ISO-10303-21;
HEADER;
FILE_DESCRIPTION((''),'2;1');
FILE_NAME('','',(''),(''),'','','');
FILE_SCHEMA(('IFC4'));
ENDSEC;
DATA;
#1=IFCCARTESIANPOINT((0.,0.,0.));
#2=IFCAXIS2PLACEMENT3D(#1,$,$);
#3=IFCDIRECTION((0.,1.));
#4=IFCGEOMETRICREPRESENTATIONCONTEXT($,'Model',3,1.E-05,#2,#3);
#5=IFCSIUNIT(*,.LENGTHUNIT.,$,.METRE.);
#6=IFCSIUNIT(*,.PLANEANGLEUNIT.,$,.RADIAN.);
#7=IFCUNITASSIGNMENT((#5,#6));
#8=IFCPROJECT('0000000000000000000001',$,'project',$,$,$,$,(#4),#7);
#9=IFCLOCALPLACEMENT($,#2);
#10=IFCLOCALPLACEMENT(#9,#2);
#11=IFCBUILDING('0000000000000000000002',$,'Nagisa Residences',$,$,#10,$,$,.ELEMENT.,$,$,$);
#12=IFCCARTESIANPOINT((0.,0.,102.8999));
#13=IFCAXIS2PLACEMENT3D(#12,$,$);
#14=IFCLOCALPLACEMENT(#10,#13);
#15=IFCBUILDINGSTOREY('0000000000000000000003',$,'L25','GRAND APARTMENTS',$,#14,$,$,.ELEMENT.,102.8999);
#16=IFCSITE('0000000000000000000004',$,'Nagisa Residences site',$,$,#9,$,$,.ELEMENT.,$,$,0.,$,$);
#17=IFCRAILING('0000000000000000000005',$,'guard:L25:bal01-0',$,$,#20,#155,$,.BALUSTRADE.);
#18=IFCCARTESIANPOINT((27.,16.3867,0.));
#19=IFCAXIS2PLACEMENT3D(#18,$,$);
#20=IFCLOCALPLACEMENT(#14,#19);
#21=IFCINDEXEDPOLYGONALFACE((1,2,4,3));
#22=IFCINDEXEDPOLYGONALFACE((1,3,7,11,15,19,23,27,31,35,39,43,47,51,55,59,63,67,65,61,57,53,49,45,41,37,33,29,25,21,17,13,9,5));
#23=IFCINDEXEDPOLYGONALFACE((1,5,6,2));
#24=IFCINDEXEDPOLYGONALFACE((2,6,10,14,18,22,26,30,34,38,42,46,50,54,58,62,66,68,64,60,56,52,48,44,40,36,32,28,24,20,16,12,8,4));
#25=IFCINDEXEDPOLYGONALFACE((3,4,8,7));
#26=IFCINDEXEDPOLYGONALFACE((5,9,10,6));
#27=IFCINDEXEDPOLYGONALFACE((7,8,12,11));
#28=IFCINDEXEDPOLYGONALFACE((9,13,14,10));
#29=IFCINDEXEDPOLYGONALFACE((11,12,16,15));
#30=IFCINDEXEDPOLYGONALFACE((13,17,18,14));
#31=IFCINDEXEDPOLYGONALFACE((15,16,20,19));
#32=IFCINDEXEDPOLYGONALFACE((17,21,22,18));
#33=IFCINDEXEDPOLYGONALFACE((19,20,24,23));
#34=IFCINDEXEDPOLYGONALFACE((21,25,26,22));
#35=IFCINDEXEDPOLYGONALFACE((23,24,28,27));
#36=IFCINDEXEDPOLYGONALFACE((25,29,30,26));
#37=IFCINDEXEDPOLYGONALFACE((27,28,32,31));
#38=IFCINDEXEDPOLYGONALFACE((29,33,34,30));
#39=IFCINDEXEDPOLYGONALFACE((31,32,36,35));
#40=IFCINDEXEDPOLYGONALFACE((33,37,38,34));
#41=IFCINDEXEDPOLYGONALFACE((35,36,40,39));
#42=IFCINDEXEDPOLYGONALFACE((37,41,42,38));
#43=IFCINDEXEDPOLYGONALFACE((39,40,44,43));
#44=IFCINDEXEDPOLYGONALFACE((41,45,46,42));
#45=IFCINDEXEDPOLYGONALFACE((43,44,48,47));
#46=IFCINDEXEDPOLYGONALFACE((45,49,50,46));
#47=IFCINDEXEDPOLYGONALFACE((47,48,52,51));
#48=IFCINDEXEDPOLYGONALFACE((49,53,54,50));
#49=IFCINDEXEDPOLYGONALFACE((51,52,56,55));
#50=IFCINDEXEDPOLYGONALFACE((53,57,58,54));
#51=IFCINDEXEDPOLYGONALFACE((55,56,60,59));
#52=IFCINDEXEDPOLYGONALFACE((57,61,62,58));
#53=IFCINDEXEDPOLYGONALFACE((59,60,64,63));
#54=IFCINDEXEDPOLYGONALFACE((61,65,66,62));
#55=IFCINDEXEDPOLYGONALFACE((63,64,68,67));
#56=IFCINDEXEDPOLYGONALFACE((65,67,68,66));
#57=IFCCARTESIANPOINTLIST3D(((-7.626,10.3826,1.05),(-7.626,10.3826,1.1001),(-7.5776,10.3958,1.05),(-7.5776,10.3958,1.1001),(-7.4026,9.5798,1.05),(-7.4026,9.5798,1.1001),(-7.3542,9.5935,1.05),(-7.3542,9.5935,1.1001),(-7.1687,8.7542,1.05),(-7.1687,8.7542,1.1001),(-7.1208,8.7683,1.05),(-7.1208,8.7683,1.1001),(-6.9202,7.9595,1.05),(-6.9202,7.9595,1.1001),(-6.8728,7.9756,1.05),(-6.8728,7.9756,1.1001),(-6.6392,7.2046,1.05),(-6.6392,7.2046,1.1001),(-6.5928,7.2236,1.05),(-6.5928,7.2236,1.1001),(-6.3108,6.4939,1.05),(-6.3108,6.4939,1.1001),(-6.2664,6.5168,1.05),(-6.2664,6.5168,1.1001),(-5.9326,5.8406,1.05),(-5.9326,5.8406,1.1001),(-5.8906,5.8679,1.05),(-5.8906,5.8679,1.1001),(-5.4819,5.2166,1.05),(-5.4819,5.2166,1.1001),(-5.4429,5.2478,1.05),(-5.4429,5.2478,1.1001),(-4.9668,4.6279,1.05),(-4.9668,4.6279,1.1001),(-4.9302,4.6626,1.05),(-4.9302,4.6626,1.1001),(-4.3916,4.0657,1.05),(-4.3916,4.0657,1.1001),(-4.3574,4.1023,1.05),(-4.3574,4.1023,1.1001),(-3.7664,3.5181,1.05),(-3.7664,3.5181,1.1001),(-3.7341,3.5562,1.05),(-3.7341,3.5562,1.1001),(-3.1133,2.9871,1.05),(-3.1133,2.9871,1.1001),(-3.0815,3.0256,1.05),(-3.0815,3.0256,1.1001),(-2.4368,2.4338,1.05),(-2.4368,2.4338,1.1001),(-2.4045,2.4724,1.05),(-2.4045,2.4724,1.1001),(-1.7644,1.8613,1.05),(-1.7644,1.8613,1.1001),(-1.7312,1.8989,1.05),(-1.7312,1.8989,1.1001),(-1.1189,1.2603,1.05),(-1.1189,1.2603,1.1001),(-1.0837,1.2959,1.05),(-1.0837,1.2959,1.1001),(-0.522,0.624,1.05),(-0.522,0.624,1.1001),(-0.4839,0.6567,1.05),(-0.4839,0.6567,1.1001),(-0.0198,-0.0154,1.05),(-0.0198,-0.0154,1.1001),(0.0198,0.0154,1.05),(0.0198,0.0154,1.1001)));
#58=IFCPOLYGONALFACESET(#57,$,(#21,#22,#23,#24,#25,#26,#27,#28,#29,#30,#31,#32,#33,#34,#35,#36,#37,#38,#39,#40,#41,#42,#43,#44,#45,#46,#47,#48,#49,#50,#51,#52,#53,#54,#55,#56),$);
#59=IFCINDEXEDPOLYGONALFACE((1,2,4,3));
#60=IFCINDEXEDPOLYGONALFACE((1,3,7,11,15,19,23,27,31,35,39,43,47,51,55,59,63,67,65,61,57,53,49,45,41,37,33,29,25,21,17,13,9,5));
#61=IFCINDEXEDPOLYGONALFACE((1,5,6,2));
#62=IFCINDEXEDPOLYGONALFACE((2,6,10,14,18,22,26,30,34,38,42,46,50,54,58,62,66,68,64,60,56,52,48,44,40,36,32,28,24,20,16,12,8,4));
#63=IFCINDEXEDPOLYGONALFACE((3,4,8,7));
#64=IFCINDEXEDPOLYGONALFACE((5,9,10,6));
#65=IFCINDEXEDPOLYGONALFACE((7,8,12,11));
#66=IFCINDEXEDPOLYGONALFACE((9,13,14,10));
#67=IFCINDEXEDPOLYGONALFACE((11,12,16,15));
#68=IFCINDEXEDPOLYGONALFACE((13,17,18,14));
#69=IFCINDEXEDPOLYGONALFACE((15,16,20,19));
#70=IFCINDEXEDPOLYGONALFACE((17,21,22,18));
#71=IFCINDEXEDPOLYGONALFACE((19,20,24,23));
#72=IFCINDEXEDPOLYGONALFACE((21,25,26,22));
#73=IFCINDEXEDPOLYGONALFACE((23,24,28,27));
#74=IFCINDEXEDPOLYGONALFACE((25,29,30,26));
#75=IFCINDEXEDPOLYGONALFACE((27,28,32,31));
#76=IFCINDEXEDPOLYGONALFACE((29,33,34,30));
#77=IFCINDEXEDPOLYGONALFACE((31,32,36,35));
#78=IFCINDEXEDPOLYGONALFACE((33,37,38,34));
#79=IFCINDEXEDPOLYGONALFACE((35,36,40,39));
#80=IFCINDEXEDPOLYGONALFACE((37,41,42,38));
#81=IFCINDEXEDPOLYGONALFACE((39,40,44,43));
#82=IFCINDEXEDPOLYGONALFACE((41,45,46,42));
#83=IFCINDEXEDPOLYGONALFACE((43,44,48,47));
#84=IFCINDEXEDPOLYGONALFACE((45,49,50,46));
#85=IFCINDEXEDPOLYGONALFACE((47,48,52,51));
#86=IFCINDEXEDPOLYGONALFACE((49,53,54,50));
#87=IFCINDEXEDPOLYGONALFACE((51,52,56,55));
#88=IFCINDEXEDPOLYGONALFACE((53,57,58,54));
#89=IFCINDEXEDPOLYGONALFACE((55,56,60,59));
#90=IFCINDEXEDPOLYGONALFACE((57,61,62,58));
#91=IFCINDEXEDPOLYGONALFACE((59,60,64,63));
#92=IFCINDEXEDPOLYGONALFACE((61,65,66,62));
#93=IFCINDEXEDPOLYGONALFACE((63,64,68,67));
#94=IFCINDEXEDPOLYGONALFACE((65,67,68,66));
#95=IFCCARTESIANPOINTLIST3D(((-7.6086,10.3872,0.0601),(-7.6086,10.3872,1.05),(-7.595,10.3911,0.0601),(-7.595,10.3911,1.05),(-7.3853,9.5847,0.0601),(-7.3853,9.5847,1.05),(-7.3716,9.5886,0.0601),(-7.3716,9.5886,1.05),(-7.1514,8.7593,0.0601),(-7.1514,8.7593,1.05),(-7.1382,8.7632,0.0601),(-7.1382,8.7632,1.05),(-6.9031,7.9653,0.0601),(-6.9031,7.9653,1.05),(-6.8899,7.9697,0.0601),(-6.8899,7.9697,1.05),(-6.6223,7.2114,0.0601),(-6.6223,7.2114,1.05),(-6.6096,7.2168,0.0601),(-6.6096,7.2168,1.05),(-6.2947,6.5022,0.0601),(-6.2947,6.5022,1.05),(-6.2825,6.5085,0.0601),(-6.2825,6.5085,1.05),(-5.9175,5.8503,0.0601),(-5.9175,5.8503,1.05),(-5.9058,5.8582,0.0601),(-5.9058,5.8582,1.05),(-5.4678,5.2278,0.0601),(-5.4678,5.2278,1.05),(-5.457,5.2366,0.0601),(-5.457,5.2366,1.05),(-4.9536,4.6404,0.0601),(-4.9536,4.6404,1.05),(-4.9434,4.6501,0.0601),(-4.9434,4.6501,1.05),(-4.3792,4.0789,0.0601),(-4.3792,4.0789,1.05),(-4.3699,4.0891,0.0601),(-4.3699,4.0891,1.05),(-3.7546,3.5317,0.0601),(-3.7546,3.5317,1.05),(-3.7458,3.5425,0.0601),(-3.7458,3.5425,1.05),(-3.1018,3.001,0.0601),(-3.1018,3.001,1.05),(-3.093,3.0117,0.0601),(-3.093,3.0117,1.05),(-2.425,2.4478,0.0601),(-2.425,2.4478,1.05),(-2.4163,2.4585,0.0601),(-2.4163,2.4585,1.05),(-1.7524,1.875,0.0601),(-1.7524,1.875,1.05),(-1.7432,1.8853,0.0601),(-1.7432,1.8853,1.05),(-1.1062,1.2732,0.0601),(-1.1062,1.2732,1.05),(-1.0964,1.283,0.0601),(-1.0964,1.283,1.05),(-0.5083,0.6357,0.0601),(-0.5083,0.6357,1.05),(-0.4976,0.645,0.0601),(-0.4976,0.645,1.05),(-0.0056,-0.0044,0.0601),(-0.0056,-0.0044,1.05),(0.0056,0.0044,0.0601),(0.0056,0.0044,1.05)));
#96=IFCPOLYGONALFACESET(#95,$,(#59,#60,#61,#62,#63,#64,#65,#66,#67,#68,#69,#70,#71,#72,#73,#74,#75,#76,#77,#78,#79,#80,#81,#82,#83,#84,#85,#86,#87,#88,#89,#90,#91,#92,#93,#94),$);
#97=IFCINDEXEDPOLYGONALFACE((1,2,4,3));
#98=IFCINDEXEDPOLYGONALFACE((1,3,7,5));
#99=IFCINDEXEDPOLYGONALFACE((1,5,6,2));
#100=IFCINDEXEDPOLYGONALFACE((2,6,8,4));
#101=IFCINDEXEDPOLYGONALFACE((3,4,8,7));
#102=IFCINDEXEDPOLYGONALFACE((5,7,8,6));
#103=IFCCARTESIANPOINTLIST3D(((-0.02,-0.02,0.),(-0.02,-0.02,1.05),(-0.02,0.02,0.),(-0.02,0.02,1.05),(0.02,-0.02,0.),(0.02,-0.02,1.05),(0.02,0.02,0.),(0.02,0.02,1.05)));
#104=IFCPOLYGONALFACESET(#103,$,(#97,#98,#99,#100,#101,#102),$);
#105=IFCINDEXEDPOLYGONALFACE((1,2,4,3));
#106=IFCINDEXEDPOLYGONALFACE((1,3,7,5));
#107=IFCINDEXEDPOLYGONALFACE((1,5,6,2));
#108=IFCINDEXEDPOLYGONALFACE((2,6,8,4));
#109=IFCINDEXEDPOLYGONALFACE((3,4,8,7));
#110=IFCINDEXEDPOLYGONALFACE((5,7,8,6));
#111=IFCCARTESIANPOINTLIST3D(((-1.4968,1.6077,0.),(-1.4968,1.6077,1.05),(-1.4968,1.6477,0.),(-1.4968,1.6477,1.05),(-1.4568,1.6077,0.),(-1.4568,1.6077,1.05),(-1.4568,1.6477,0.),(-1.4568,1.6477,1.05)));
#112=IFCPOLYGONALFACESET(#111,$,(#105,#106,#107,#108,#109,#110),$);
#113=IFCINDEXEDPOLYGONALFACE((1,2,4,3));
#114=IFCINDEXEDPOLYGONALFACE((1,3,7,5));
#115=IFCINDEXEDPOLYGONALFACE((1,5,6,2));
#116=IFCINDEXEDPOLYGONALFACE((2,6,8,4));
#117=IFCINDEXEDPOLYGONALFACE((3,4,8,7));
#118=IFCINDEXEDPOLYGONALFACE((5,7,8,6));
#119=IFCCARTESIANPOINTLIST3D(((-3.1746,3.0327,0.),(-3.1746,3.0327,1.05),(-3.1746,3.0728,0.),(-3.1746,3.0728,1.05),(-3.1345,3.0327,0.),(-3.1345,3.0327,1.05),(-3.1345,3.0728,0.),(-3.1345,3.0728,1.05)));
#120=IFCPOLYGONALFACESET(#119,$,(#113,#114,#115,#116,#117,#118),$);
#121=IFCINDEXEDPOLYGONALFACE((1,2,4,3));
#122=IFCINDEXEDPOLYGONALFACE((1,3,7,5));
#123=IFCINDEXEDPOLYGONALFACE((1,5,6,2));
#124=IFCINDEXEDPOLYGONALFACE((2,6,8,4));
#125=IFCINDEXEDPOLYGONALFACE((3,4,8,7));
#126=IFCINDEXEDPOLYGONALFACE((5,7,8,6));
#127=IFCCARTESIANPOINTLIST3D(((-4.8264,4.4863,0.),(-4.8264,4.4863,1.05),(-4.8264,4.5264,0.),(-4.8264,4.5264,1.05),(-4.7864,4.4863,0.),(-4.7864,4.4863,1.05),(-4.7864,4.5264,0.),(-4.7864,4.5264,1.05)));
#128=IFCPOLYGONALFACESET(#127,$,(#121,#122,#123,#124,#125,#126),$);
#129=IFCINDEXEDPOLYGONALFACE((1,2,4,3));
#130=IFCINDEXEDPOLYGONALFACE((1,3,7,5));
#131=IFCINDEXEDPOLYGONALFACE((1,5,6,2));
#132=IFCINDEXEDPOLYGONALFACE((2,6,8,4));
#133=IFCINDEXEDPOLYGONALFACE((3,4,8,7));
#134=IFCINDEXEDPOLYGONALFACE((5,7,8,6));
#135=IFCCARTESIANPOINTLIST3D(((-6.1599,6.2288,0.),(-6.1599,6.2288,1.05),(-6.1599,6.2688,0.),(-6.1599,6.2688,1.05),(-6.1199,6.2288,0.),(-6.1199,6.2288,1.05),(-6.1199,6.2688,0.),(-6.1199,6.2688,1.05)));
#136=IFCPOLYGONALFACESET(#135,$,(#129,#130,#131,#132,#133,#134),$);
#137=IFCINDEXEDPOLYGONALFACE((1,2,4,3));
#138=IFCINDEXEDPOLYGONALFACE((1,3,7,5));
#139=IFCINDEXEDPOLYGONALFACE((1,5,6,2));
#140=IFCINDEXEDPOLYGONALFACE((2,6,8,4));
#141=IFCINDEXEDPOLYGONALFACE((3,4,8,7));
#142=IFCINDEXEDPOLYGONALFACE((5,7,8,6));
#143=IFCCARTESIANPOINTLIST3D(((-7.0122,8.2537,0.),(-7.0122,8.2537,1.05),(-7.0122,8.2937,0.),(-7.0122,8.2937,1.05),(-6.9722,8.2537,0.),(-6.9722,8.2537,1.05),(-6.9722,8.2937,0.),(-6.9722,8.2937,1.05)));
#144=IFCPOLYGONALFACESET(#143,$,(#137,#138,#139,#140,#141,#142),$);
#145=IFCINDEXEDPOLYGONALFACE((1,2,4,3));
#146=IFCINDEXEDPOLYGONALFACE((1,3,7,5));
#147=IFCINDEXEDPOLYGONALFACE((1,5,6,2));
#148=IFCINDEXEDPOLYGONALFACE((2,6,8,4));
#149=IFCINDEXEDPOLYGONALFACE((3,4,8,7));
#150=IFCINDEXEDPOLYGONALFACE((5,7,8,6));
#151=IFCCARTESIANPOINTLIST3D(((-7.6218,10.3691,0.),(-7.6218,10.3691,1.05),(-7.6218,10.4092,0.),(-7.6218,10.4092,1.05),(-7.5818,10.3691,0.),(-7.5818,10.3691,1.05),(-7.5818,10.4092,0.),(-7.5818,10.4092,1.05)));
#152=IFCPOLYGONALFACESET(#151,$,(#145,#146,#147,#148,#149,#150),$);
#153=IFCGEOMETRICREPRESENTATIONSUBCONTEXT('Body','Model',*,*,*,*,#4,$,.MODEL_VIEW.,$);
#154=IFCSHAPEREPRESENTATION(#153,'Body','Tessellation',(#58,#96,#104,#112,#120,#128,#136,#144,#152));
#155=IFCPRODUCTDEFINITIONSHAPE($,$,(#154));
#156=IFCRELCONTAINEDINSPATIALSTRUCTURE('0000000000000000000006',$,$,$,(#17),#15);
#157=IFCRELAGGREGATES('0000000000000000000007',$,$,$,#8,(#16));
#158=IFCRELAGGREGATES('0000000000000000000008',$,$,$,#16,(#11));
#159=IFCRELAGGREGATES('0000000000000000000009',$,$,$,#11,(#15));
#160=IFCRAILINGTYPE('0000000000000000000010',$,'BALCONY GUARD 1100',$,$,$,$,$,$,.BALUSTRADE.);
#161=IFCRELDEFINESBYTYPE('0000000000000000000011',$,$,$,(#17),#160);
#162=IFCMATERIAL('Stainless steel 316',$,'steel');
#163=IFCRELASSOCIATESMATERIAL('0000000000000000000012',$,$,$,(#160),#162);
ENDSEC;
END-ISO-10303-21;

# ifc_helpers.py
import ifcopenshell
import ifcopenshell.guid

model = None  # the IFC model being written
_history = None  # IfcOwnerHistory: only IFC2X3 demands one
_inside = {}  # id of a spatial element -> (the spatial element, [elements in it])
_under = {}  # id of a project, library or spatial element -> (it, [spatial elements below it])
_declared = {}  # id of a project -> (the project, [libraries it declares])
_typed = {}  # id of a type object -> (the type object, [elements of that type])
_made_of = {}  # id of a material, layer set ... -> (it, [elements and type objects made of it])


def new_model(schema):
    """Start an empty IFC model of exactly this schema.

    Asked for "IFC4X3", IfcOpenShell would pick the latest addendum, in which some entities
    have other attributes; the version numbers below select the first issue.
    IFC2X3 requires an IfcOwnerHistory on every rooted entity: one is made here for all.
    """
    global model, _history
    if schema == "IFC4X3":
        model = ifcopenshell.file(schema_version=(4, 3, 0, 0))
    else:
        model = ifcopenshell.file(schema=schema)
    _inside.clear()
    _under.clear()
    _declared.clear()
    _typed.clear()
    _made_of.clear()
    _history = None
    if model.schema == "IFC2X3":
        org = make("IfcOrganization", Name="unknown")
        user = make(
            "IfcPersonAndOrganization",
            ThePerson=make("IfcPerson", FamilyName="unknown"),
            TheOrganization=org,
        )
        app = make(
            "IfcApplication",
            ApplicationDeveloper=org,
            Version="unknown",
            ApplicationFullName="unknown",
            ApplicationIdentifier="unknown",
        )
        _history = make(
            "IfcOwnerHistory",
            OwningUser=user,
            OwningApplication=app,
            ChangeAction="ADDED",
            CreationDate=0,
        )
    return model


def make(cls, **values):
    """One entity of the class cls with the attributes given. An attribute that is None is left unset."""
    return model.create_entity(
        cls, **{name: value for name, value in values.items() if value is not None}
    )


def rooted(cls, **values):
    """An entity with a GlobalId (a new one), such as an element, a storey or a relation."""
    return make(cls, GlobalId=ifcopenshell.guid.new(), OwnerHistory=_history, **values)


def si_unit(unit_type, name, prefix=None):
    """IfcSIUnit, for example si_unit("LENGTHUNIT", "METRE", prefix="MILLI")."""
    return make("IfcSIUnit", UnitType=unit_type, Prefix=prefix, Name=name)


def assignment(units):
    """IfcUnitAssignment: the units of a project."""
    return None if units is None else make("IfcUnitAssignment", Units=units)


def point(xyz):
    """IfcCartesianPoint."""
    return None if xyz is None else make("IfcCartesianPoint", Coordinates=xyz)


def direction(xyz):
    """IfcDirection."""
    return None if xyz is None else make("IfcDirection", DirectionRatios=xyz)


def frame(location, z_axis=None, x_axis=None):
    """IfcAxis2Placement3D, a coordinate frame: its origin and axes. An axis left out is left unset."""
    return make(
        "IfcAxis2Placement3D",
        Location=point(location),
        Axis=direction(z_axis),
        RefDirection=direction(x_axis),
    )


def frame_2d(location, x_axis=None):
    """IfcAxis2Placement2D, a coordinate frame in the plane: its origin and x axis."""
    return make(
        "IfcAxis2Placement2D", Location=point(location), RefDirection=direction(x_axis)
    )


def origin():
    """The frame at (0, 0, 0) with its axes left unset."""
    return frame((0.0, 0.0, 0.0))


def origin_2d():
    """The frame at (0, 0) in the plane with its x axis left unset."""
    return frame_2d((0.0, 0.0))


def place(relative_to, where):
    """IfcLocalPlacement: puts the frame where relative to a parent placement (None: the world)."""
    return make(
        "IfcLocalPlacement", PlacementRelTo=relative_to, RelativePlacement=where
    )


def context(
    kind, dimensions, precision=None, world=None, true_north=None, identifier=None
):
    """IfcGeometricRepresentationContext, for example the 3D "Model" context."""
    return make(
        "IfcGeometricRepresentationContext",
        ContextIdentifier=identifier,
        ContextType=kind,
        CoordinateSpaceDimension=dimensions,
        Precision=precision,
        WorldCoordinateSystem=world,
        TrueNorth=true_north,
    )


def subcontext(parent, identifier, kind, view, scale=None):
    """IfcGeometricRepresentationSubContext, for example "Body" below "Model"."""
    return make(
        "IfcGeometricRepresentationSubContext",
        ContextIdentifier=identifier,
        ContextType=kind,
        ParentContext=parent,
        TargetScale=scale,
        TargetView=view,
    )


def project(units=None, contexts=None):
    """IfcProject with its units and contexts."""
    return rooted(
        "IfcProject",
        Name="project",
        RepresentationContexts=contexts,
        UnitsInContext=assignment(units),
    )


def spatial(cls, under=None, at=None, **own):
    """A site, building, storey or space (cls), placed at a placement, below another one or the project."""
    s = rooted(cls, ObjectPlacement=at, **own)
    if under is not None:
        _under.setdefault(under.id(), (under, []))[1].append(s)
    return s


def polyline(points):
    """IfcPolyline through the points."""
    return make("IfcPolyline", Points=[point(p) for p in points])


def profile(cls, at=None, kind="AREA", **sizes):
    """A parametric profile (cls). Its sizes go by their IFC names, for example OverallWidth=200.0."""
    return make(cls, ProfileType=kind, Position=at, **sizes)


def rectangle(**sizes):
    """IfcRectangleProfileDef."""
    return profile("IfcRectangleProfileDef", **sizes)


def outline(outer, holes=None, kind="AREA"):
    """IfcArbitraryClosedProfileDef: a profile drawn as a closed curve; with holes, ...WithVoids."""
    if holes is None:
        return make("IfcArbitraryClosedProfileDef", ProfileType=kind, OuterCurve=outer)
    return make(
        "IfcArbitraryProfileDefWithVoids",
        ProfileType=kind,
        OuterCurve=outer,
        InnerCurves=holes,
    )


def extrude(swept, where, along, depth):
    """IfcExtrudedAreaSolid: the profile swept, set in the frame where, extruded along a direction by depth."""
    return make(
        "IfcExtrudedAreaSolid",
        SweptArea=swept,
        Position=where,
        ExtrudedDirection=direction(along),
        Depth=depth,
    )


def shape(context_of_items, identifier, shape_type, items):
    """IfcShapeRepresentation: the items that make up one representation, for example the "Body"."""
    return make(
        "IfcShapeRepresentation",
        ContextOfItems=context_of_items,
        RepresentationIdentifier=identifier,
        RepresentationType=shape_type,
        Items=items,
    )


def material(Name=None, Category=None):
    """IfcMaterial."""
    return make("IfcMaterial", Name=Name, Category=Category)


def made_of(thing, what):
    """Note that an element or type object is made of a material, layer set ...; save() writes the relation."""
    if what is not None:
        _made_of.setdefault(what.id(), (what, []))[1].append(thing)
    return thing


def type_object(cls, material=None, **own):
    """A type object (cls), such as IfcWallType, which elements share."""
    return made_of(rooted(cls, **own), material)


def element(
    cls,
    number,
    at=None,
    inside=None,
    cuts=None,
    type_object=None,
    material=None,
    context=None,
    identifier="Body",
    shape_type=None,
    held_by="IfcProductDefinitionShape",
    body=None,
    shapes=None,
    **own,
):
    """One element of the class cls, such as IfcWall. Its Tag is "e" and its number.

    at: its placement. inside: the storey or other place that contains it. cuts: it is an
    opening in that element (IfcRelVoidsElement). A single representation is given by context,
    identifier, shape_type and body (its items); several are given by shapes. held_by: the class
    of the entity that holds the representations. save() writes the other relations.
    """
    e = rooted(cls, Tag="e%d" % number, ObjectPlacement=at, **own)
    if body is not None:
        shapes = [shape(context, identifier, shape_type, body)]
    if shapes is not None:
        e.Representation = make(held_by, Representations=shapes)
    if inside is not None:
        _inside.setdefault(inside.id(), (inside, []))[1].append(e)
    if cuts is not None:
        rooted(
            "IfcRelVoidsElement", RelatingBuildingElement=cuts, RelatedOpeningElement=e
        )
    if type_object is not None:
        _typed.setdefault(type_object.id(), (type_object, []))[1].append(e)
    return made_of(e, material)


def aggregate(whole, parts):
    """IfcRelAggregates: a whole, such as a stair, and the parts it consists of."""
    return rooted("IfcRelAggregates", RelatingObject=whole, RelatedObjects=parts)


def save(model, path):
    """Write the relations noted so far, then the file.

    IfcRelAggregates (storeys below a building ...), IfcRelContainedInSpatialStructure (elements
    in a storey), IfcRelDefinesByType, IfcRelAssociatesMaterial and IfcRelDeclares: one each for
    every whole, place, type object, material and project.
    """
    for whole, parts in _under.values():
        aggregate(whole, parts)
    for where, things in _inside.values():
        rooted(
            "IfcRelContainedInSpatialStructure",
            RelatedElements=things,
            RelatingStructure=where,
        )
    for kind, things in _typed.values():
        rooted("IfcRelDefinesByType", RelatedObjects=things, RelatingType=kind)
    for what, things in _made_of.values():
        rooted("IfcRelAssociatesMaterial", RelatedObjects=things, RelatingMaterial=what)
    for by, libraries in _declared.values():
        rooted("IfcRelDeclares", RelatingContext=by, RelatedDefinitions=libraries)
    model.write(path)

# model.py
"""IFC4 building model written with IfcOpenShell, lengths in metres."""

from ifc_helpers import new_model, si_unit, direction, frame, origin, origin_2d, place, context, subcontext, project, spatial, polyline, rectangle, outline, extrude, material, type_object, element, save


model = new_model("IFC4")

# Units and contexts
model_context = context("Model", 3, precision=1e-05, world=origin(), true_north=direction((0.0, 1.0)))
body_context = subcontext(model_context, "Body", "Model", "MODEL_VIEW")
ifc_project = project(units=[si_unit("LENGTHUNIT", "METRE"), si_unit("PLANEANGLEUNIT", "RADIAN")], contexts=[model_context])

# Site, building, storey
site_placement = place(None, origin())
site = spatial("IfcSite", under=ifc_project, at=site_placement, Name="Nagisa Residences site", CompositionType="ELEMENT", RefElevation=0.0)
building_placement = place(site_placement, origin())
building = spatial("IfcBuilding", under=site, at=building_placement, Name="Nagisa Residences", CompositionType="ELEMENT")
storey_placement = place(building_placement, frame((0.0, 0.0, 102.8999)))
storey = spatial("IfcBuildingStorey", under=building, at=storey_placement, Name="L25", Description="GRAND APARTMENTS", CompositionType="ELEMENT", Elevation=102.8999)

# Railing
ifc_material_1 = material(Name="Stainless steel 316", Category="steel")
railing_type = type_object("IfcRailingType", Name="BALCONY GUARD 1100", PredefinedType="BALUSTRADE", material=ifc_material_1)
railing_1_placement = place(storey_placement, frame((27.0, 16.3867, 0.0)))
element("IfcRailing", 1, at=railing_1_placement, inside=storey, type_object=railing_type, Name="guard:L25:bal01-0", PredefinedType="BALUSTRADE", context=body_context, shape_type="SweptSolid", body=[
    extrude(outline(polyline([(-0.522, 0.624), (-0.0198, -0.0154), (0.0198, 0.0154), (-0.4839, 0.6567), (-1.0837, 1.2959), (-1.7312, 1.8989), (-2.4045, 2.4724), (-3.0815, 3.0256), (-3.7341, 3.5562), (-4.3574, 4.1023), (-4.9302, 4.6626), (-5.4429, 5.2478), (-5.8906, 5.8679), (-6.2664, 6.5168), (-6.5928, 7.2236), (-6.8728, 7.9756), (-7.1208, 8.7683), (-7.3542, 9.5935), (-7.5776, 10.3958), (-7.626, 10.3826), (-7.4026, 9.5798), (-7.1687, 8.7542), (-6.9202, 7.9595), (-6.6392, 7.2046), (-6.3108, 6.4939), (-5.9326, 5.8406), (-5.4819, 5.2166), (-4.9668, 4.6279), (-4.3916, 4.0657), (-3.7664, 3.5181), (-3.1133, 2.9871), (-2.4368, 2.4338), (-1.7644, 1.8613), (-1.1189, 1.2603), (-0.522, 0.624)])), frame((0.0, 0.0, 1.05)), (0.0, 0.0, 1.0), 0.05),
    extrude(outline(polyline([(-0.5083, 0.6357), (-0.0056, -0.0044), (0.0056, 0.0044), (-0.4976, 0.645), (-1.0964, 1.283), (-1.7432, 1.8853), (-2.4163, 2.4585), (-3.093, 3.0117), (-3.7458, 3.5425), (-4.3699, 4.0891), (-4.9434, 4.6501), (-5.457, 5.2366), (-5.9058, 5.8582), (-6.2825, 6.5085), (-6.6096, 7.2168), (-6.8899, 7.9697), (-7.1382, 8.7632), (-7.3716, 9.5886), (-7.595, 10.3911), (-7.6086, 10.3872), (-7.3853, 9.5847), (-7.1514, 8.7593), (-6.9031, 7.9653), (-6.6223, 7.2114), (-6.2947, 6.5022), (-5.9175, 5.8503), (-5.4678, 5.2278), (-4.9536, 4.6404), (-4.3792, 4.0789), (-3.7546, 3.5317), (-3.1018, 3.001), (-2.425, 2.4478), (-1.7524, 1.875), (-1.1062, 1.2732), (-0.5083, 0.6357)])), frame((0.0, 0.0, 0.0601)), (0.0, 0.0, 1.0), 0.99),
    extrude(rectangle(XDim=0.04, YDim=0.04, at=origin_2d()), origin(), (0.0, 0.0, 1.0), 1.05),
    extrude(rectangle(XDim=0.04, YDim=0.04, at=origin_2d()), frame((-1.4768, 1.6277, 0.0)), (0.0, 0.0, 1.0), 1.05),
    extrude(rectangle(XDim=0.04, YDim=0.04, at=origin_2d()), frame((-3.1545, 3.0527, 0.0)), (0.0, 0.0, 1.0), 1.05),
    extrude(rectangle(XDim=0.04, YDim=0.04, at=origin_2d()), frame((-4.8064, 4.5063, 0.0)), (0.0, 0.0, 1.0), 1.05),
    extrude(rectangle(XDim=0.04, YDim=0.04, at=origin_2d()), frame((-6.1399, 6.2488, 0.0)), (0.0, 0.0, 1.0), 1.05),
    extrude(rectangle(XDim=0.04, YDim=0.04, at=origin_2d()), frame((-6.9922, 8.2737, 0.0)), (0.0, 0.0, 1.0), 1.05),
    extrude(rectangle(XDim=0.04, YDim=0.04, at=origin_2d()), frame((-7.6018, 10.3892, 0.0)), (0.0, 0.0, 1.0), 1.05),
])

save(model, "model.ifc")
